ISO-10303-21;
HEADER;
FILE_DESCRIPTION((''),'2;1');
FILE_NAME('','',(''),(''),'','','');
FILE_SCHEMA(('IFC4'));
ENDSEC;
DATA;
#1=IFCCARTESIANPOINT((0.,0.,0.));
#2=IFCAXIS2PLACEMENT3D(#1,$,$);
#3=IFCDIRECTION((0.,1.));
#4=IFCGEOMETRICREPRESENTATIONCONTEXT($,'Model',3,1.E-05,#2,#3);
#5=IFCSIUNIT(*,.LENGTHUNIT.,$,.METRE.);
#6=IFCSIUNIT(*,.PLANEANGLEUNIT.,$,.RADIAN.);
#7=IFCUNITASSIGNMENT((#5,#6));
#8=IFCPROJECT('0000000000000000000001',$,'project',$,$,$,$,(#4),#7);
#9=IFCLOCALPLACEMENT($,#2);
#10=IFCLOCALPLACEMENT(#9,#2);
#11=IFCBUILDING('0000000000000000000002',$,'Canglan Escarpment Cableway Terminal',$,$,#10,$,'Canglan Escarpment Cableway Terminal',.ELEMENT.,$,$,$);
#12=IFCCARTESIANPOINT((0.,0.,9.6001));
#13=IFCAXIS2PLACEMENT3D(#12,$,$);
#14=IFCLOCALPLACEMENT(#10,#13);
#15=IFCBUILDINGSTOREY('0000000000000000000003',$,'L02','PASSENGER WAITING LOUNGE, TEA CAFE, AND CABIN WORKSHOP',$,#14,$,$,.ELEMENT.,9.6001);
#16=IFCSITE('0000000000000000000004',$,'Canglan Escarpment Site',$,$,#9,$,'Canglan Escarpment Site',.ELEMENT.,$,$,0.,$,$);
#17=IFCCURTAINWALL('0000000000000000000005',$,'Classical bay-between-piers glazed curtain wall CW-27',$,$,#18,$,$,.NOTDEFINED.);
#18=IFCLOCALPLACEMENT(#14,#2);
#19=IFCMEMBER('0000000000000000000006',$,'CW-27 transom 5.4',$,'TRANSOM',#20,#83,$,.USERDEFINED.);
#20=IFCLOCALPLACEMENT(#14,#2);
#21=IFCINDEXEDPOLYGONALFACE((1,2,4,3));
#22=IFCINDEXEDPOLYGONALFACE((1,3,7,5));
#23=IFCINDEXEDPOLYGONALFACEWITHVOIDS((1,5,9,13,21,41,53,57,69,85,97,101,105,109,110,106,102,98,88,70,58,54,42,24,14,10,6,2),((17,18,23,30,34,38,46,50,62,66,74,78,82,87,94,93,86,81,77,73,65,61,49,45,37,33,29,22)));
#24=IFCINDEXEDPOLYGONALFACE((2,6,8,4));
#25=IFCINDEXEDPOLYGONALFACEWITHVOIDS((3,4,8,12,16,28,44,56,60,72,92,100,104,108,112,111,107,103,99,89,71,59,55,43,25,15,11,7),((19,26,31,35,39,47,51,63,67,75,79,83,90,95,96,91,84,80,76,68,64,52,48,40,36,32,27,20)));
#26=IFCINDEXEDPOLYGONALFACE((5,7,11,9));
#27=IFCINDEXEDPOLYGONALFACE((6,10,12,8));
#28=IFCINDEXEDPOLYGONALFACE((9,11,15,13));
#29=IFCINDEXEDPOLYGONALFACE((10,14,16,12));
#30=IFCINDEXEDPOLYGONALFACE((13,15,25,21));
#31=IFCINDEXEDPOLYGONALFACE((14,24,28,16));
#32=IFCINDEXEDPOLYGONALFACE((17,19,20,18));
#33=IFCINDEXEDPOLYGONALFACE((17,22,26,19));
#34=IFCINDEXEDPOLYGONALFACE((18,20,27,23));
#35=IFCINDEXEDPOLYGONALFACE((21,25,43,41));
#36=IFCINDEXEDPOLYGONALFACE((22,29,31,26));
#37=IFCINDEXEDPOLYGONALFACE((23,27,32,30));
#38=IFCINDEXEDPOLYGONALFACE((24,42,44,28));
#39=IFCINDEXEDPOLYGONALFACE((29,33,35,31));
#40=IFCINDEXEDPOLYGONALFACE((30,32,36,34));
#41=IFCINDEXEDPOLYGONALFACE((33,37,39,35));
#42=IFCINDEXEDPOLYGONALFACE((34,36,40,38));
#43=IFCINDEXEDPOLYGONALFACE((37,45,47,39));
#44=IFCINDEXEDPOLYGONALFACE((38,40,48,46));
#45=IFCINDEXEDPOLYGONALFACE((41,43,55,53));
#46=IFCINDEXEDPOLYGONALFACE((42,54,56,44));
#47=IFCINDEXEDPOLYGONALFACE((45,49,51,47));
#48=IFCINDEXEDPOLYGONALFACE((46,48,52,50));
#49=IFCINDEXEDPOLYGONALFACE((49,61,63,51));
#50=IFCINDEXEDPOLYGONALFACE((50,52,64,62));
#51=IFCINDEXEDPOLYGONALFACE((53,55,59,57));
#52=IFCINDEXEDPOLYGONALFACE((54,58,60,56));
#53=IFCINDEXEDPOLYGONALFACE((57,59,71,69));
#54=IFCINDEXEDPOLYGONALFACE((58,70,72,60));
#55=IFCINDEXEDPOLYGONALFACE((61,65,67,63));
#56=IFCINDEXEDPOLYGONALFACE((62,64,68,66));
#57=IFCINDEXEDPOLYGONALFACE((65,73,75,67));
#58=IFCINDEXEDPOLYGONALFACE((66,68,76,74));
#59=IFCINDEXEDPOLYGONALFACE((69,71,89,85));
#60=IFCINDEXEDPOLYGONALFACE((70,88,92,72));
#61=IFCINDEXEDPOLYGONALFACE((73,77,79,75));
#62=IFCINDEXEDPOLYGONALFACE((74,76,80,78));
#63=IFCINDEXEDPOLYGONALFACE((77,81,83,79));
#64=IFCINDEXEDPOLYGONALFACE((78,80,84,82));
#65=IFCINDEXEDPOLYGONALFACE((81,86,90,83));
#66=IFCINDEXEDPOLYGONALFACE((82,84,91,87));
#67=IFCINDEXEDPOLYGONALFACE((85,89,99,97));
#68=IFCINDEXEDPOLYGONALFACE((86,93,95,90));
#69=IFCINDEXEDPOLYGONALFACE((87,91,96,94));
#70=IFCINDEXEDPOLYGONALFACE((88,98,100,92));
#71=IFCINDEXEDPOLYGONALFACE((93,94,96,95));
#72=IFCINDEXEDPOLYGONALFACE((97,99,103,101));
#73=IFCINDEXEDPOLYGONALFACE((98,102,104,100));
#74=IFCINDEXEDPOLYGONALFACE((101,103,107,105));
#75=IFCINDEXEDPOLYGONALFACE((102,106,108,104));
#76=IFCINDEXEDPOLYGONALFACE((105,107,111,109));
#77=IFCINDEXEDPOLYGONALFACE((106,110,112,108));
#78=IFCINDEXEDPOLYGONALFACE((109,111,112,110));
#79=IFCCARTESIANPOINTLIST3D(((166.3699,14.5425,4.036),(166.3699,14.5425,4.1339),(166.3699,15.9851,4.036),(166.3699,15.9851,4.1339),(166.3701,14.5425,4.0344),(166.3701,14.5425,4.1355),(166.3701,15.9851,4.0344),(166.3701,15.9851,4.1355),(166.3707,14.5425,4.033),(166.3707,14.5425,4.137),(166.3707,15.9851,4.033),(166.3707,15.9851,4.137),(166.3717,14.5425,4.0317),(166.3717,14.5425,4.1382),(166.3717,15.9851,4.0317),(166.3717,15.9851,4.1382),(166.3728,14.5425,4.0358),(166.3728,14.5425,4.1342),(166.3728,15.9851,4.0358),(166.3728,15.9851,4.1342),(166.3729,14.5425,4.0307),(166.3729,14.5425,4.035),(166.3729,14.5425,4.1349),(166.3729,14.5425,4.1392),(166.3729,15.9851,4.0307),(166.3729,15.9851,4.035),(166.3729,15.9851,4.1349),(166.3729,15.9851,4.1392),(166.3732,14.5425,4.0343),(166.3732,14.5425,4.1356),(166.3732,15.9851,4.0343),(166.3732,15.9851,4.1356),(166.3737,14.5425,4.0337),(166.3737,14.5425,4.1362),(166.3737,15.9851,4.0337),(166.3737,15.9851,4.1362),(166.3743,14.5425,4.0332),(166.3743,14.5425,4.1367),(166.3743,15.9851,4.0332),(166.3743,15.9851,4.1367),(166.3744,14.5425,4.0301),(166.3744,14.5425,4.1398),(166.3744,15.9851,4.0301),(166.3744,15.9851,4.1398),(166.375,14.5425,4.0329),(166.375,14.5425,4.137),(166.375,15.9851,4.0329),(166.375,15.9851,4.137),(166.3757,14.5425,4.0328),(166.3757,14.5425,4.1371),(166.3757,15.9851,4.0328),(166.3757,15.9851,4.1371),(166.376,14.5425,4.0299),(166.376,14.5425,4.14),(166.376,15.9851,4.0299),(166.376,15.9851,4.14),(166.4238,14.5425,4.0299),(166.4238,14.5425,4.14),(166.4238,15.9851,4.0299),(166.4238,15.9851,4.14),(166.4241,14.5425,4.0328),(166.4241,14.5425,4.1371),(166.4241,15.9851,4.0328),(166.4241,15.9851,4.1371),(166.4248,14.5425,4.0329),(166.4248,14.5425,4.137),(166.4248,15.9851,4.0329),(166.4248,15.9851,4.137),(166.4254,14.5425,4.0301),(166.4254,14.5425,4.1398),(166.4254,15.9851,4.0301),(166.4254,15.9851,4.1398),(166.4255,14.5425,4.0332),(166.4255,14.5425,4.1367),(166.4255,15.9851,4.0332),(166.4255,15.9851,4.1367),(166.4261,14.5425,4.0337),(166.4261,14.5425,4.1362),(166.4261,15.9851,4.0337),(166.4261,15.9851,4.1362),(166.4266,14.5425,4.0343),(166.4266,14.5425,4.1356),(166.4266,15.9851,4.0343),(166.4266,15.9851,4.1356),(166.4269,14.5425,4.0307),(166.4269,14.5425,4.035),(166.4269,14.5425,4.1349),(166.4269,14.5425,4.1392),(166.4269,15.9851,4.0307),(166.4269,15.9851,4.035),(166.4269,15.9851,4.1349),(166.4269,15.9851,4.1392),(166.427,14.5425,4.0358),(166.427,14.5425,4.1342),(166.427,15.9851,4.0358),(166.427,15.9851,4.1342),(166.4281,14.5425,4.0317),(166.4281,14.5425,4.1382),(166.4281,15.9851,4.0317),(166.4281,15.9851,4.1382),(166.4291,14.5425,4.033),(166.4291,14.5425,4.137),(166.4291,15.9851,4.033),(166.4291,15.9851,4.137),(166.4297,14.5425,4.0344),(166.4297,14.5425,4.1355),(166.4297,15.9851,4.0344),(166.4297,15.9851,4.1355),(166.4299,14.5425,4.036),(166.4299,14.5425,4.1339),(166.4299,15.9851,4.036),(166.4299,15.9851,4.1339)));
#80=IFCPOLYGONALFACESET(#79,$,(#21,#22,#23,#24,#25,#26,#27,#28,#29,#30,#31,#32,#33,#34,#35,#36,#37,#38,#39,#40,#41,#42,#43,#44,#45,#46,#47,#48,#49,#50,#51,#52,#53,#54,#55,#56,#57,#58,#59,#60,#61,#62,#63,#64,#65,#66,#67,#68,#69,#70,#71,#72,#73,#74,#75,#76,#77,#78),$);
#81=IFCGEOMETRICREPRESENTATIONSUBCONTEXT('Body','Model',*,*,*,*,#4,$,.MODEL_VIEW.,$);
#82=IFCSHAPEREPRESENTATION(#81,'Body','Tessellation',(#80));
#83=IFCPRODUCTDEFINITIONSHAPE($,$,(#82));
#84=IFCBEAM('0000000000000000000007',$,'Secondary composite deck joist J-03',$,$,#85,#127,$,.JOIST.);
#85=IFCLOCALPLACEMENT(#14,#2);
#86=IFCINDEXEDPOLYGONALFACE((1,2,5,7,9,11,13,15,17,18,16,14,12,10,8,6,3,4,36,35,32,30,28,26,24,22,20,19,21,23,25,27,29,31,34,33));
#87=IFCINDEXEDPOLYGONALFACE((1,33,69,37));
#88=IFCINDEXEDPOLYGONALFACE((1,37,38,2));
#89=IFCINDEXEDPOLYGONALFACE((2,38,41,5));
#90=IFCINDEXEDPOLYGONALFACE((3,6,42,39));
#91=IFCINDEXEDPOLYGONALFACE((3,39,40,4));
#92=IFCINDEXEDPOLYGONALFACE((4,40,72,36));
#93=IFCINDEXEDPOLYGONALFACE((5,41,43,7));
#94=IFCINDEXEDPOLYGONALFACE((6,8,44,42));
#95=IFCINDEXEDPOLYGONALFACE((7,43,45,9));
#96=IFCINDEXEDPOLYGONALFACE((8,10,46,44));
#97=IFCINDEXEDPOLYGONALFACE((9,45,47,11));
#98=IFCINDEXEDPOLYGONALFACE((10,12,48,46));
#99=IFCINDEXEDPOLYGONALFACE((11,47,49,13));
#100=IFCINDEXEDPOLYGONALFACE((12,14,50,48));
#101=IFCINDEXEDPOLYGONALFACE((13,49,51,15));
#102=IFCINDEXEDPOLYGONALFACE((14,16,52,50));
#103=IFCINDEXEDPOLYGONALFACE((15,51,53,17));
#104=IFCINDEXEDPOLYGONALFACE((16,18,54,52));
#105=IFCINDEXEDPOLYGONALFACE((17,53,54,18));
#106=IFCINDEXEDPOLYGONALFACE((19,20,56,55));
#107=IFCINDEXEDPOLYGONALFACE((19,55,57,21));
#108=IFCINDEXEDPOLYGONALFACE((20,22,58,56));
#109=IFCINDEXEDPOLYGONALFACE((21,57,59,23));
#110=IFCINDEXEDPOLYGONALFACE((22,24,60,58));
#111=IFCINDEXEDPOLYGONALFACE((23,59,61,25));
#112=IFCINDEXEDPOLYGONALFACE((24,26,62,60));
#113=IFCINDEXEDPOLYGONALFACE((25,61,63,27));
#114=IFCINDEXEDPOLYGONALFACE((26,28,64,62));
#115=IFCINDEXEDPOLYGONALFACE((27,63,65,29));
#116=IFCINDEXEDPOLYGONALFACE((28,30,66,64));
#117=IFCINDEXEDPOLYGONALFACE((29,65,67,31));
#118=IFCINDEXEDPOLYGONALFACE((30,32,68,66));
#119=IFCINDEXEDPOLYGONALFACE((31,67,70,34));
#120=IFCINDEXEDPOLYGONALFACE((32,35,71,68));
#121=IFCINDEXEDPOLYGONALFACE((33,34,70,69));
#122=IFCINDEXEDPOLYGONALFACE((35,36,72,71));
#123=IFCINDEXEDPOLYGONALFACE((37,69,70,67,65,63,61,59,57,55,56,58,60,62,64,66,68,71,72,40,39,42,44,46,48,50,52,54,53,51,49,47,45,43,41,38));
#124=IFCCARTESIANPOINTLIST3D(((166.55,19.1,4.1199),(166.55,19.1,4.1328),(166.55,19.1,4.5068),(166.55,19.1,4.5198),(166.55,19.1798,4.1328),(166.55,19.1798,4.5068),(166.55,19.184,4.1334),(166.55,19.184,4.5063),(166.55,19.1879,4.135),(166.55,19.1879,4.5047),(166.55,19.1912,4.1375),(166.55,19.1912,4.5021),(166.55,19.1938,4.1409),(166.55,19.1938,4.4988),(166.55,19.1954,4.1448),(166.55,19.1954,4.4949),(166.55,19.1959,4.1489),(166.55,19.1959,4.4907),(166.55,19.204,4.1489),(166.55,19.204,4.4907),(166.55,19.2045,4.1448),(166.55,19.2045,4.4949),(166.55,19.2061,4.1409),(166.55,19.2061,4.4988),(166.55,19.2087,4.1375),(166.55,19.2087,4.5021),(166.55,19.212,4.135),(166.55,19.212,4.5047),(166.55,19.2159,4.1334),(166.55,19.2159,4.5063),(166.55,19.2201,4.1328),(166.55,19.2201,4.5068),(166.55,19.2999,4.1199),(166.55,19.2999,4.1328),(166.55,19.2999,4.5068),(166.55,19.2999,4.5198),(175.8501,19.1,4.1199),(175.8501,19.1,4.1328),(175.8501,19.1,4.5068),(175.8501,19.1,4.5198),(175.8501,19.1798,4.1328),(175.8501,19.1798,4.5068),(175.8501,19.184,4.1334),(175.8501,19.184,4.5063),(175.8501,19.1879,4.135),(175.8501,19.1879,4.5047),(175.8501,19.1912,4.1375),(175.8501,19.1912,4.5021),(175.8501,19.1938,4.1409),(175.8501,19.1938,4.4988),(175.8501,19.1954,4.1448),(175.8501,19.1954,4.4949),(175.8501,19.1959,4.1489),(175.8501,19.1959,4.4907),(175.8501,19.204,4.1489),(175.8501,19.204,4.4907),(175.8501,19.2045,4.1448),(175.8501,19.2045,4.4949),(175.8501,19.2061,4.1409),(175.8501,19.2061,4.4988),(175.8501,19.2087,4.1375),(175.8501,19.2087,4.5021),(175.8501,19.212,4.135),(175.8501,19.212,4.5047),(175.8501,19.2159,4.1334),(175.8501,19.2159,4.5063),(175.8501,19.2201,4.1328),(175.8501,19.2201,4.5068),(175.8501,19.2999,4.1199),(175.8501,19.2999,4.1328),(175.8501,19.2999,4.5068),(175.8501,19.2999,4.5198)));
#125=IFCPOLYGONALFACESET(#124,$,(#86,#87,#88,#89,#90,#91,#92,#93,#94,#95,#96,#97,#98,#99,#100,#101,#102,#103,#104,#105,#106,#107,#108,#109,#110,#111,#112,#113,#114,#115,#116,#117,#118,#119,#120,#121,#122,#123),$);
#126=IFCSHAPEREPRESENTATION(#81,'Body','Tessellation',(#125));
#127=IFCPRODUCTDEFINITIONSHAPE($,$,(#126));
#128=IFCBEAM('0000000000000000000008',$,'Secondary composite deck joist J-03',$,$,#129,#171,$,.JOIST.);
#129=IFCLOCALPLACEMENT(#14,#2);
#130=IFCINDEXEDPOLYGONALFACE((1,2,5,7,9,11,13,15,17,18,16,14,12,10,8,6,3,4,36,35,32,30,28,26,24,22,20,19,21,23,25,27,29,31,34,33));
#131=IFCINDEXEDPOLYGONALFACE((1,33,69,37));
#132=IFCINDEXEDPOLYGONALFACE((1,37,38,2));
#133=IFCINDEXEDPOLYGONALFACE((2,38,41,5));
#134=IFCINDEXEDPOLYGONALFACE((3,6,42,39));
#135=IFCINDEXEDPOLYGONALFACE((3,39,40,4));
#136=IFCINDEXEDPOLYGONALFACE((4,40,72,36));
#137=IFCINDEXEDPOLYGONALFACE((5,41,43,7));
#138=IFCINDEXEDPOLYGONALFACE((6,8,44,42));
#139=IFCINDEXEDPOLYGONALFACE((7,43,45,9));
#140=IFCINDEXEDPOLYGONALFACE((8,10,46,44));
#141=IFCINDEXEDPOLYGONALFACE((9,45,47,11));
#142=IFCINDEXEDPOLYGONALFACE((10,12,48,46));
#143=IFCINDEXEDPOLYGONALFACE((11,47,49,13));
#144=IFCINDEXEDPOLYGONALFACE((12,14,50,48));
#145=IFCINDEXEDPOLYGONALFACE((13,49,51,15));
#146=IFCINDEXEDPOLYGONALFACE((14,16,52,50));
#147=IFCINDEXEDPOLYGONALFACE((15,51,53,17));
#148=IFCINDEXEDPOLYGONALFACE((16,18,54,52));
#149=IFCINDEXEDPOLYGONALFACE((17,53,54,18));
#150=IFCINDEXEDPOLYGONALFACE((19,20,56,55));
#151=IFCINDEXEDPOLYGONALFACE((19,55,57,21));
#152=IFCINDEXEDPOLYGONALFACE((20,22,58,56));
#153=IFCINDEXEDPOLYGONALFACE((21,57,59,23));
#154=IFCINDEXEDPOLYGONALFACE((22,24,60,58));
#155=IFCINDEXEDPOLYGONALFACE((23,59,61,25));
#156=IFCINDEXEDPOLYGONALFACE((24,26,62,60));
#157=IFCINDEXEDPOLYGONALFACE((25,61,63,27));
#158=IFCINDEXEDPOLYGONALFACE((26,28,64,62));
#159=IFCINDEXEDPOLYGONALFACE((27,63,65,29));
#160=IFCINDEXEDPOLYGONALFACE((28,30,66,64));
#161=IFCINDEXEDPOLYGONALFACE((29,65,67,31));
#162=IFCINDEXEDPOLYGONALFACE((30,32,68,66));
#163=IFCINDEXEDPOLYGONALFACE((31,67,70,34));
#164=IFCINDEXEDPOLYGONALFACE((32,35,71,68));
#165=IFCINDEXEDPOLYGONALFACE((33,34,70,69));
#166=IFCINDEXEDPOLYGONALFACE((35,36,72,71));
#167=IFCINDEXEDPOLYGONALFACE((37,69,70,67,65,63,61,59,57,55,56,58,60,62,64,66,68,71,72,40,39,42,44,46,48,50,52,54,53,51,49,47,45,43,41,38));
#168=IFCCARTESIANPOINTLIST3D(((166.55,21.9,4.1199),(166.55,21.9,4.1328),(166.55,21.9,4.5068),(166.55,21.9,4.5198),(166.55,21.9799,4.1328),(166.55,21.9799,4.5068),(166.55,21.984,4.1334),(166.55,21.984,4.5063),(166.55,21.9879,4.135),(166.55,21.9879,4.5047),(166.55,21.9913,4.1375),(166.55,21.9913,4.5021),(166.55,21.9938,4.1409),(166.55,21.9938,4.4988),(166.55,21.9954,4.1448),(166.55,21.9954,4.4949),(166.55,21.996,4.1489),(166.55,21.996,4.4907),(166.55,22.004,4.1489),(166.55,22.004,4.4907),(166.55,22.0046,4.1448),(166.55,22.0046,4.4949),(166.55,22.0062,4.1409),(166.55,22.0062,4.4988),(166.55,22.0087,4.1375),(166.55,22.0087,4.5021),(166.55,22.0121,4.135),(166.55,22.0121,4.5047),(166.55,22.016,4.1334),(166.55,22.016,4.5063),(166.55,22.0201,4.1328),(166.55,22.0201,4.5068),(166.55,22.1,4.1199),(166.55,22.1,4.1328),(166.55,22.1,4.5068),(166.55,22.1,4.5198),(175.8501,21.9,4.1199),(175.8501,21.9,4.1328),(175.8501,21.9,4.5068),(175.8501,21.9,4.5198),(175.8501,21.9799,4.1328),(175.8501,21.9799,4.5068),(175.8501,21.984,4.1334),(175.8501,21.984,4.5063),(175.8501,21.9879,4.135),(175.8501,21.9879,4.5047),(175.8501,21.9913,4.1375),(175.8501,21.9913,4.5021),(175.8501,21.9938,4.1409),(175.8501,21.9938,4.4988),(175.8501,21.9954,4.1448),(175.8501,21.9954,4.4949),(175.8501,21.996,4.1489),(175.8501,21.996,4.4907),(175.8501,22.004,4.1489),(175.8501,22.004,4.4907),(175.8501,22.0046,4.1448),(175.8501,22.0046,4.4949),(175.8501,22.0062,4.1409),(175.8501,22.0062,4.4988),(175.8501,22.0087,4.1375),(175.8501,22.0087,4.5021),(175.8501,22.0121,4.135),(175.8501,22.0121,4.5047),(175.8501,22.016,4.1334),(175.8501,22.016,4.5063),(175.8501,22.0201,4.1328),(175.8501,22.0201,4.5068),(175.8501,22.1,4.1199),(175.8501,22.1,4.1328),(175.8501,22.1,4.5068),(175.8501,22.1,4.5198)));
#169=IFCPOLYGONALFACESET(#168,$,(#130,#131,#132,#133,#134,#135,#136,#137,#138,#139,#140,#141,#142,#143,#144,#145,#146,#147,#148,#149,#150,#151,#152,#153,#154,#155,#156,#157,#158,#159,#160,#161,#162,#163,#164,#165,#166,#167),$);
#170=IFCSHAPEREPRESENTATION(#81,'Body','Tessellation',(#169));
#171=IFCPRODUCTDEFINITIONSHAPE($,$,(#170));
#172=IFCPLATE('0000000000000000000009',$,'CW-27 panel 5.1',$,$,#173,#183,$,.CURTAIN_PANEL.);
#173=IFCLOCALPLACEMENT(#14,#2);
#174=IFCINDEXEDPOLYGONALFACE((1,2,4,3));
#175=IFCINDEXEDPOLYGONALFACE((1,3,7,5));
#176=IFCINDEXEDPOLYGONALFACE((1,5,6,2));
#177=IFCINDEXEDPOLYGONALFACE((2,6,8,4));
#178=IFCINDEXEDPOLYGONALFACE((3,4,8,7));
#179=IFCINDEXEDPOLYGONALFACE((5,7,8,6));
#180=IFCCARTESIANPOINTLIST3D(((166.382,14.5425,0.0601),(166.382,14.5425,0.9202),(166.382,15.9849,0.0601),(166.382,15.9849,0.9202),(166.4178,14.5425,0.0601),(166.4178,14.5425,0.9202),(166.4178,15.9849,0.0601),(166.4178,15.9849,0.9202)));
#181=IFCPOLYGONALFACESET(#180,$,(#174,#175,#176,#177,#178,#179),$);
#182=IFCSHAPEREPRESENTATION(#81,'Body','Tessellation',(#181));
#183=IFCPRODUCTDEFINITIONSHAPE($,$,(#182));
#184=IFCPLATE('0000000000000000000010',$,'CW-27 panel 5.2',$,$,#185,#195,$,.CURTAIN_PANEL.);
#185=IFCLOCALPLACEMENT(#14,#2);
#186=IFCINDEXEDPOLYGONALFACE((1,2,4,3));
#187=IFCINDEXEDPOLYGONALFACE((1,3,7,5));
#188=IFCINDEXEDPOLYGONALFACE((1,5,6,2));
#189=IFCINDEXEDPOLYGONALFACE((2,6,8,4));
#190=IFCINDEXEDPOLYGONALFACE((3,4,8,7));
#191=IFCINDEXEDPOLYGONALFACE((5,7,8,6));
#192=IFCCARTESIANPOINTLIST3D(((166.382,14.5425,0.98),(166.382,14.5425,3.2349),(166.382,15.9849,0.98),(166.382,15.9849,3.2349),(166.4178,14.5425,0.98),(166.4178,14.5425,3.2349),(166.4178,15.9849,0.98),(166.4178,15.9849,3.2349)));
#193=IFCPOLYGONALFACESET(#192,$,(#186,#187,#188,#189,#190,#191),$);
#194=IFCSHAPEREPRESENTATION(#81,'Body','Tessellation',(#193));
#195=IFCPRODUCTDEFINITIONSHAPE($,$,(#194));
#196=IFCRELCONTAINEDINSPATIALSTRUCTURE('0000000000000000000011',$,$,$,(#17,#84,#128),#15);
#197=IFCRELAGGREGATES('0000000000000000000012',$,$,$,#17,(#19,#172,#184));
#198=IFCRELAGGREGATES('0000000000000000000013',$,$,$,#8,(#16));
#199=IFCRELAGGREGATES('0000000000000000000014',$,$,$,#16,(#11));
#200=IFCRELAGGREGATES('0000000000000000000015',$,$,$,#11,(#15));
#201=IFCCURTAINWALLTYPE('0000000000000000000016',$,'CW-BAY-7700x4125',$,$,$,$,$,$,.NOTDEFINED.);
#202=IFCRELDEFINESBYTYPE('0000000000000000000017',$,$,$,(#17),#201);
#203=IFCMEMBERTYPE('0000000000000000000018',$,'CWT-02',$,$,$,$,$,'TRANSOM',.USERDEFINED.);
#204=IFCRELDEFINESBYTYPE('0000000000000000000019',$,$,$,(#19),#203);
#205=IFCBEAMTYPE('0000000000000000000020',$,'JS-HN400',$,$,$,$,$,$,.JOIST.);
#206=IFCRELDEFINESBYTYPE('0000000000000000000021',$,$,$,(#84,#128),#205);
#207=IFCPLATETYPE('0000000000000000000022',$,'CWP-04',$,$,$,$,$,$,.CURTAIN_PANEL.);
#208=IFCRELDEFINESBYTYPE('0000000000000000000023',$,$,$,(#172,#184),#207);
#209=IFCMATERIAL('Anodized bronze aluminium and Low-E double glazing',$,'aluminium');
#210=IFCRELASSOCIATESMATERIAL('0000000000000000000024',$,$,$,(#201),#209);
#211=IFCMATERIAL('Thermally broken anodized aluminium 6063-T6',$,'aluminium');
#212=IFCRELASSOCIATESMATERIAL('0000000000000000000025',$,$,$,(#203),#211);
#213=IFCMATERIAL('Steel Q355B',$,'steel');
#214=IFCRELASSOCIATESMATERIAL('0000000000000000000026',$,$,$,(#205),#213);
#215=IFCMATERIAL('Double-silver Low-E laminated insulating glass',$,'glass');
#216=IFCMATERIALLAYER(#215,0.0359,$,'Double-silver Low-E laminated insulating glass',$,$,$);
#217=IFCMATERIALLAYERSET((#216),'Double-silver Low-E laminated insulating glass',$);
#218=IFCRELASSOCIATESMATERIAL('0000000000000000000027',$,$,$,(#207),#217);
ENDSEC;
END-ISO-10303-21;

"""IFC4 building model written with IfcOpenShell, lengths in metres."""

from ifc_helpers import new_model, si_unit, direction, frame, origin, origin_2d, place, context, subcontext, project, spatial, rectangle, hollow_rectangle, i_section, extrude, material, layer, layer_set, material_profile, profile_set, type_object, element, aggregate, save


model = new_model("IFC4")

# Units and contexts
model_context = context("Model", 3, precision=1e-05, world=origin(), true_north=direction((0.0, 1.0)))
body_context = subcontext(model_context, "Body", "Model", "MODEL_VIEW")
ifc_project = project(units=[si_unit("LENGTHUNIT", "METRE"), si_unit("PLANEANGLEUNIT", "RADIAN")], contexts=[model_context])

# Site, building, storey
site_placement = place(None, origin())
site = spatial("IfcSite", under=ifc_project, at=site_placement, Name="Canglan Escarpment Site", LongName="Canglan Escarpment Site", CompositionType="ELEMENT", RefElevation=0.0)
building_placement = place(site_placement, origin())
building = spatial("IfcBuilding", under=site, at=building_placement, Name="Canglan Escarpment Cableway Terminal", LongName="Canglan Escarpment Cableway Terminal", CompositionType="ELEMENT")
storey_placement = place(building_placement, frame((0.0, 0.0, 9.6001)))
storey = spatial("IfcBuildingStorey", under=building, at=storey_placement, Name="L02", Description="PASSENGER WAITING LOUNGE, TEA CAFE, AND CABIN WORKSHOP", CompositionType="ELEMENT", Elevation=9.6001)

# Shared definitions
ifc_material_1 = material(Name="Steel Q355B", Category="steel")

# Shared definitions
ifc_material_2 = material(Name="Anodized bronze aluminium and Low-E double glazing", Category="aluminium")
ifc_material_3 = material(Name="Thermally broken anodized aluminium 6063-T6", Category="aluminium")

# Curtain wall
curtain_wall_type_1 = type_object("IfcCurtainWallType", Name="CW-BAY-7700x4125", PredefinedType="NOTDEFINED", material=ifc_material_2)
curtain_wall_1_placement = place(storey_placement, origin())
curtain_wall_1 = element("IfcCurtainWall", 1, at=curtain_wall_1_placement, inside=storey, type_object=curtain_wall_type_1, Name="Classical bay-between-piers glazed curtain wall CW-27", PredefinedType="NOTDEFINED")

# Member
ifc_material_profile_1 = material_profile(ifc_material_3, hollow_rectangle(XDim=0.0601, YDim=0.1101, WallThickness=0.0029, InnerFilletRadius=0.0029, OuterFilletRadius=0.0061, at=origin_2d()), Name="ALU-TRAN 60x110x3")
ifc_profile_set_1 = profile_set([ifc_material_profile_1], Name="Thermally broken anodized aluminium 6063-T6")
member_type_1 = type_object("IfcMemberType", Name="CWT-02", ElementType="TRANSOM", PredefinedType="USERDEFINED", material=ifc_profile_set_1)
member_1_placement = place(storey_placement, frame((166.3999, 14.5425, 4.085), z_axis=(0.0, 1.0, 0.0), x_axis=(-1.0, 0.0, 0.0)))
member_1 = element("IfcMember", 2, at=member_1_placement, type_object=member_type_1, Name="CW-27 transom 5.4", ObjectType="TRANSOM", PredefinedType="USERDEFINED", context=body_context, shape_type="SweptSolid", body=[
    extrude(hollow_rectangle(XDim=0.0601, YDim=0.1101, WallThickness=0.0029, InnerFilletRadius=0.0029, OuterFilletRadius=0.0061, at=origin_2d()), origin(), (0.0, 0.0, 1.0), 1.4426),
])

# Beams
ifc_material_profile_2 = material_profile(ifc_material_1, i_section(OverallWidth=0.2, OverallDepth=0.3999, WebThickness=0.0081, FlangeThickness=0.0129, FilletRadius=0.0161, at=origin_2d()), Name="HN 400x200x8x13")
ifc_profile_set_2 = profile_set([ifc_material_profile_2], Name="Steel Q355B")
beam_type_1 = type_object("IfcBeamType", Name="JS-HN400", PredefinedType="JOIST", material=ifc_profile_set_2)
for number, where, z_axis, x_axis, name in (
    (3, (166.55, 19.2, 4.3198), (1.0, 0.0, 0.0), (0.0, 1.0, 0.0), "Secondary composite deck joist J-03"),
    (4, (166.55, 22.0, 4.3198), (1.0, 0.0, 0.0), (0.0, 1.0, 0.0), "Secondary composite deck joist J-03"),
):
    element("IfcBeam", number, at=place(storey_placement, frame(where, z_axis=z_axis, x_axis=x_axis)), inside=storey, type_object=beam_type_1, Name=name, PredefinedType="JOIST", context=body_context, shape_type="SweptSolid", body=[
        extrude(i_section(OverallWidth=0.2, OverallDepth=0.3999, WebThickness=0.0081, FlangeThickness=0.0129, FilletRadius=0.0161, at=origin_2d()), origin(), (0.0, 0.0, 1.0), 9.3),
    ])

# Plates
ifc_material_4 = material(Name="Double-silver Low-E laminated insulating glass", Category="glass")
ifc_layer_1 = layer(ifc_material_4, 0.0359, Name="Double-silver Low-E laminated insulating glass")
ifc_layer_set_1 = layer_set([ifc_layer_1], Name="Double-silver Low-E laminated insulating glass")
plate_type = type_object("IfcPlateType", Name="CWP-04", PredefinedType="CURTAIN_PANEL", material=ifc_layer_set_1)
plate_1_placement = place(storey_placement, frame((166.3999, 15.2637, 0.0601), z_axis=(0.0, 0.0, 1.0), x_axis=(0.0, 1.0, 0.0)))
plate_1 = element("IfcPlate", 5, at=plate_1_placement, type_object=plate_type, Name="CW-27 panel 5.1", PredefinedType="CURTAIN_PANEL", context=body_context, shape_type="SweptSolid", body=[
    extrude(rectangle(XDim=1.4424, YDim=0.0359, at=origin_2d()), origin(), (0.0, 0.0, 1.0), 0.8601),
])
plate_2_placement = place(storey_placement, frame((166.3999, 15.2637, 0.98), z_axis=(0.0, 0.0, 1.0), x_axis=(0.0, 1.0, 0.0)))
plate_2 = element("IfcPlate", 6, at=plate_2_placement, type_object=plate_type, Name="CW-27 panel 5.2", PredefinedType="CURTAIN_PANEL", context=body_context, shape_type="SweptSolid", body=[
    extrude(rectangle(XDim=1.4424, YDim=0.0359, at=origin_2d()), origin(), (0.0, 0.0, 1.0), 2.2549),
])
aggregate(curtain_wall_1, [member_1, plate_1, plate_2])

save(model, "model.ifc")
